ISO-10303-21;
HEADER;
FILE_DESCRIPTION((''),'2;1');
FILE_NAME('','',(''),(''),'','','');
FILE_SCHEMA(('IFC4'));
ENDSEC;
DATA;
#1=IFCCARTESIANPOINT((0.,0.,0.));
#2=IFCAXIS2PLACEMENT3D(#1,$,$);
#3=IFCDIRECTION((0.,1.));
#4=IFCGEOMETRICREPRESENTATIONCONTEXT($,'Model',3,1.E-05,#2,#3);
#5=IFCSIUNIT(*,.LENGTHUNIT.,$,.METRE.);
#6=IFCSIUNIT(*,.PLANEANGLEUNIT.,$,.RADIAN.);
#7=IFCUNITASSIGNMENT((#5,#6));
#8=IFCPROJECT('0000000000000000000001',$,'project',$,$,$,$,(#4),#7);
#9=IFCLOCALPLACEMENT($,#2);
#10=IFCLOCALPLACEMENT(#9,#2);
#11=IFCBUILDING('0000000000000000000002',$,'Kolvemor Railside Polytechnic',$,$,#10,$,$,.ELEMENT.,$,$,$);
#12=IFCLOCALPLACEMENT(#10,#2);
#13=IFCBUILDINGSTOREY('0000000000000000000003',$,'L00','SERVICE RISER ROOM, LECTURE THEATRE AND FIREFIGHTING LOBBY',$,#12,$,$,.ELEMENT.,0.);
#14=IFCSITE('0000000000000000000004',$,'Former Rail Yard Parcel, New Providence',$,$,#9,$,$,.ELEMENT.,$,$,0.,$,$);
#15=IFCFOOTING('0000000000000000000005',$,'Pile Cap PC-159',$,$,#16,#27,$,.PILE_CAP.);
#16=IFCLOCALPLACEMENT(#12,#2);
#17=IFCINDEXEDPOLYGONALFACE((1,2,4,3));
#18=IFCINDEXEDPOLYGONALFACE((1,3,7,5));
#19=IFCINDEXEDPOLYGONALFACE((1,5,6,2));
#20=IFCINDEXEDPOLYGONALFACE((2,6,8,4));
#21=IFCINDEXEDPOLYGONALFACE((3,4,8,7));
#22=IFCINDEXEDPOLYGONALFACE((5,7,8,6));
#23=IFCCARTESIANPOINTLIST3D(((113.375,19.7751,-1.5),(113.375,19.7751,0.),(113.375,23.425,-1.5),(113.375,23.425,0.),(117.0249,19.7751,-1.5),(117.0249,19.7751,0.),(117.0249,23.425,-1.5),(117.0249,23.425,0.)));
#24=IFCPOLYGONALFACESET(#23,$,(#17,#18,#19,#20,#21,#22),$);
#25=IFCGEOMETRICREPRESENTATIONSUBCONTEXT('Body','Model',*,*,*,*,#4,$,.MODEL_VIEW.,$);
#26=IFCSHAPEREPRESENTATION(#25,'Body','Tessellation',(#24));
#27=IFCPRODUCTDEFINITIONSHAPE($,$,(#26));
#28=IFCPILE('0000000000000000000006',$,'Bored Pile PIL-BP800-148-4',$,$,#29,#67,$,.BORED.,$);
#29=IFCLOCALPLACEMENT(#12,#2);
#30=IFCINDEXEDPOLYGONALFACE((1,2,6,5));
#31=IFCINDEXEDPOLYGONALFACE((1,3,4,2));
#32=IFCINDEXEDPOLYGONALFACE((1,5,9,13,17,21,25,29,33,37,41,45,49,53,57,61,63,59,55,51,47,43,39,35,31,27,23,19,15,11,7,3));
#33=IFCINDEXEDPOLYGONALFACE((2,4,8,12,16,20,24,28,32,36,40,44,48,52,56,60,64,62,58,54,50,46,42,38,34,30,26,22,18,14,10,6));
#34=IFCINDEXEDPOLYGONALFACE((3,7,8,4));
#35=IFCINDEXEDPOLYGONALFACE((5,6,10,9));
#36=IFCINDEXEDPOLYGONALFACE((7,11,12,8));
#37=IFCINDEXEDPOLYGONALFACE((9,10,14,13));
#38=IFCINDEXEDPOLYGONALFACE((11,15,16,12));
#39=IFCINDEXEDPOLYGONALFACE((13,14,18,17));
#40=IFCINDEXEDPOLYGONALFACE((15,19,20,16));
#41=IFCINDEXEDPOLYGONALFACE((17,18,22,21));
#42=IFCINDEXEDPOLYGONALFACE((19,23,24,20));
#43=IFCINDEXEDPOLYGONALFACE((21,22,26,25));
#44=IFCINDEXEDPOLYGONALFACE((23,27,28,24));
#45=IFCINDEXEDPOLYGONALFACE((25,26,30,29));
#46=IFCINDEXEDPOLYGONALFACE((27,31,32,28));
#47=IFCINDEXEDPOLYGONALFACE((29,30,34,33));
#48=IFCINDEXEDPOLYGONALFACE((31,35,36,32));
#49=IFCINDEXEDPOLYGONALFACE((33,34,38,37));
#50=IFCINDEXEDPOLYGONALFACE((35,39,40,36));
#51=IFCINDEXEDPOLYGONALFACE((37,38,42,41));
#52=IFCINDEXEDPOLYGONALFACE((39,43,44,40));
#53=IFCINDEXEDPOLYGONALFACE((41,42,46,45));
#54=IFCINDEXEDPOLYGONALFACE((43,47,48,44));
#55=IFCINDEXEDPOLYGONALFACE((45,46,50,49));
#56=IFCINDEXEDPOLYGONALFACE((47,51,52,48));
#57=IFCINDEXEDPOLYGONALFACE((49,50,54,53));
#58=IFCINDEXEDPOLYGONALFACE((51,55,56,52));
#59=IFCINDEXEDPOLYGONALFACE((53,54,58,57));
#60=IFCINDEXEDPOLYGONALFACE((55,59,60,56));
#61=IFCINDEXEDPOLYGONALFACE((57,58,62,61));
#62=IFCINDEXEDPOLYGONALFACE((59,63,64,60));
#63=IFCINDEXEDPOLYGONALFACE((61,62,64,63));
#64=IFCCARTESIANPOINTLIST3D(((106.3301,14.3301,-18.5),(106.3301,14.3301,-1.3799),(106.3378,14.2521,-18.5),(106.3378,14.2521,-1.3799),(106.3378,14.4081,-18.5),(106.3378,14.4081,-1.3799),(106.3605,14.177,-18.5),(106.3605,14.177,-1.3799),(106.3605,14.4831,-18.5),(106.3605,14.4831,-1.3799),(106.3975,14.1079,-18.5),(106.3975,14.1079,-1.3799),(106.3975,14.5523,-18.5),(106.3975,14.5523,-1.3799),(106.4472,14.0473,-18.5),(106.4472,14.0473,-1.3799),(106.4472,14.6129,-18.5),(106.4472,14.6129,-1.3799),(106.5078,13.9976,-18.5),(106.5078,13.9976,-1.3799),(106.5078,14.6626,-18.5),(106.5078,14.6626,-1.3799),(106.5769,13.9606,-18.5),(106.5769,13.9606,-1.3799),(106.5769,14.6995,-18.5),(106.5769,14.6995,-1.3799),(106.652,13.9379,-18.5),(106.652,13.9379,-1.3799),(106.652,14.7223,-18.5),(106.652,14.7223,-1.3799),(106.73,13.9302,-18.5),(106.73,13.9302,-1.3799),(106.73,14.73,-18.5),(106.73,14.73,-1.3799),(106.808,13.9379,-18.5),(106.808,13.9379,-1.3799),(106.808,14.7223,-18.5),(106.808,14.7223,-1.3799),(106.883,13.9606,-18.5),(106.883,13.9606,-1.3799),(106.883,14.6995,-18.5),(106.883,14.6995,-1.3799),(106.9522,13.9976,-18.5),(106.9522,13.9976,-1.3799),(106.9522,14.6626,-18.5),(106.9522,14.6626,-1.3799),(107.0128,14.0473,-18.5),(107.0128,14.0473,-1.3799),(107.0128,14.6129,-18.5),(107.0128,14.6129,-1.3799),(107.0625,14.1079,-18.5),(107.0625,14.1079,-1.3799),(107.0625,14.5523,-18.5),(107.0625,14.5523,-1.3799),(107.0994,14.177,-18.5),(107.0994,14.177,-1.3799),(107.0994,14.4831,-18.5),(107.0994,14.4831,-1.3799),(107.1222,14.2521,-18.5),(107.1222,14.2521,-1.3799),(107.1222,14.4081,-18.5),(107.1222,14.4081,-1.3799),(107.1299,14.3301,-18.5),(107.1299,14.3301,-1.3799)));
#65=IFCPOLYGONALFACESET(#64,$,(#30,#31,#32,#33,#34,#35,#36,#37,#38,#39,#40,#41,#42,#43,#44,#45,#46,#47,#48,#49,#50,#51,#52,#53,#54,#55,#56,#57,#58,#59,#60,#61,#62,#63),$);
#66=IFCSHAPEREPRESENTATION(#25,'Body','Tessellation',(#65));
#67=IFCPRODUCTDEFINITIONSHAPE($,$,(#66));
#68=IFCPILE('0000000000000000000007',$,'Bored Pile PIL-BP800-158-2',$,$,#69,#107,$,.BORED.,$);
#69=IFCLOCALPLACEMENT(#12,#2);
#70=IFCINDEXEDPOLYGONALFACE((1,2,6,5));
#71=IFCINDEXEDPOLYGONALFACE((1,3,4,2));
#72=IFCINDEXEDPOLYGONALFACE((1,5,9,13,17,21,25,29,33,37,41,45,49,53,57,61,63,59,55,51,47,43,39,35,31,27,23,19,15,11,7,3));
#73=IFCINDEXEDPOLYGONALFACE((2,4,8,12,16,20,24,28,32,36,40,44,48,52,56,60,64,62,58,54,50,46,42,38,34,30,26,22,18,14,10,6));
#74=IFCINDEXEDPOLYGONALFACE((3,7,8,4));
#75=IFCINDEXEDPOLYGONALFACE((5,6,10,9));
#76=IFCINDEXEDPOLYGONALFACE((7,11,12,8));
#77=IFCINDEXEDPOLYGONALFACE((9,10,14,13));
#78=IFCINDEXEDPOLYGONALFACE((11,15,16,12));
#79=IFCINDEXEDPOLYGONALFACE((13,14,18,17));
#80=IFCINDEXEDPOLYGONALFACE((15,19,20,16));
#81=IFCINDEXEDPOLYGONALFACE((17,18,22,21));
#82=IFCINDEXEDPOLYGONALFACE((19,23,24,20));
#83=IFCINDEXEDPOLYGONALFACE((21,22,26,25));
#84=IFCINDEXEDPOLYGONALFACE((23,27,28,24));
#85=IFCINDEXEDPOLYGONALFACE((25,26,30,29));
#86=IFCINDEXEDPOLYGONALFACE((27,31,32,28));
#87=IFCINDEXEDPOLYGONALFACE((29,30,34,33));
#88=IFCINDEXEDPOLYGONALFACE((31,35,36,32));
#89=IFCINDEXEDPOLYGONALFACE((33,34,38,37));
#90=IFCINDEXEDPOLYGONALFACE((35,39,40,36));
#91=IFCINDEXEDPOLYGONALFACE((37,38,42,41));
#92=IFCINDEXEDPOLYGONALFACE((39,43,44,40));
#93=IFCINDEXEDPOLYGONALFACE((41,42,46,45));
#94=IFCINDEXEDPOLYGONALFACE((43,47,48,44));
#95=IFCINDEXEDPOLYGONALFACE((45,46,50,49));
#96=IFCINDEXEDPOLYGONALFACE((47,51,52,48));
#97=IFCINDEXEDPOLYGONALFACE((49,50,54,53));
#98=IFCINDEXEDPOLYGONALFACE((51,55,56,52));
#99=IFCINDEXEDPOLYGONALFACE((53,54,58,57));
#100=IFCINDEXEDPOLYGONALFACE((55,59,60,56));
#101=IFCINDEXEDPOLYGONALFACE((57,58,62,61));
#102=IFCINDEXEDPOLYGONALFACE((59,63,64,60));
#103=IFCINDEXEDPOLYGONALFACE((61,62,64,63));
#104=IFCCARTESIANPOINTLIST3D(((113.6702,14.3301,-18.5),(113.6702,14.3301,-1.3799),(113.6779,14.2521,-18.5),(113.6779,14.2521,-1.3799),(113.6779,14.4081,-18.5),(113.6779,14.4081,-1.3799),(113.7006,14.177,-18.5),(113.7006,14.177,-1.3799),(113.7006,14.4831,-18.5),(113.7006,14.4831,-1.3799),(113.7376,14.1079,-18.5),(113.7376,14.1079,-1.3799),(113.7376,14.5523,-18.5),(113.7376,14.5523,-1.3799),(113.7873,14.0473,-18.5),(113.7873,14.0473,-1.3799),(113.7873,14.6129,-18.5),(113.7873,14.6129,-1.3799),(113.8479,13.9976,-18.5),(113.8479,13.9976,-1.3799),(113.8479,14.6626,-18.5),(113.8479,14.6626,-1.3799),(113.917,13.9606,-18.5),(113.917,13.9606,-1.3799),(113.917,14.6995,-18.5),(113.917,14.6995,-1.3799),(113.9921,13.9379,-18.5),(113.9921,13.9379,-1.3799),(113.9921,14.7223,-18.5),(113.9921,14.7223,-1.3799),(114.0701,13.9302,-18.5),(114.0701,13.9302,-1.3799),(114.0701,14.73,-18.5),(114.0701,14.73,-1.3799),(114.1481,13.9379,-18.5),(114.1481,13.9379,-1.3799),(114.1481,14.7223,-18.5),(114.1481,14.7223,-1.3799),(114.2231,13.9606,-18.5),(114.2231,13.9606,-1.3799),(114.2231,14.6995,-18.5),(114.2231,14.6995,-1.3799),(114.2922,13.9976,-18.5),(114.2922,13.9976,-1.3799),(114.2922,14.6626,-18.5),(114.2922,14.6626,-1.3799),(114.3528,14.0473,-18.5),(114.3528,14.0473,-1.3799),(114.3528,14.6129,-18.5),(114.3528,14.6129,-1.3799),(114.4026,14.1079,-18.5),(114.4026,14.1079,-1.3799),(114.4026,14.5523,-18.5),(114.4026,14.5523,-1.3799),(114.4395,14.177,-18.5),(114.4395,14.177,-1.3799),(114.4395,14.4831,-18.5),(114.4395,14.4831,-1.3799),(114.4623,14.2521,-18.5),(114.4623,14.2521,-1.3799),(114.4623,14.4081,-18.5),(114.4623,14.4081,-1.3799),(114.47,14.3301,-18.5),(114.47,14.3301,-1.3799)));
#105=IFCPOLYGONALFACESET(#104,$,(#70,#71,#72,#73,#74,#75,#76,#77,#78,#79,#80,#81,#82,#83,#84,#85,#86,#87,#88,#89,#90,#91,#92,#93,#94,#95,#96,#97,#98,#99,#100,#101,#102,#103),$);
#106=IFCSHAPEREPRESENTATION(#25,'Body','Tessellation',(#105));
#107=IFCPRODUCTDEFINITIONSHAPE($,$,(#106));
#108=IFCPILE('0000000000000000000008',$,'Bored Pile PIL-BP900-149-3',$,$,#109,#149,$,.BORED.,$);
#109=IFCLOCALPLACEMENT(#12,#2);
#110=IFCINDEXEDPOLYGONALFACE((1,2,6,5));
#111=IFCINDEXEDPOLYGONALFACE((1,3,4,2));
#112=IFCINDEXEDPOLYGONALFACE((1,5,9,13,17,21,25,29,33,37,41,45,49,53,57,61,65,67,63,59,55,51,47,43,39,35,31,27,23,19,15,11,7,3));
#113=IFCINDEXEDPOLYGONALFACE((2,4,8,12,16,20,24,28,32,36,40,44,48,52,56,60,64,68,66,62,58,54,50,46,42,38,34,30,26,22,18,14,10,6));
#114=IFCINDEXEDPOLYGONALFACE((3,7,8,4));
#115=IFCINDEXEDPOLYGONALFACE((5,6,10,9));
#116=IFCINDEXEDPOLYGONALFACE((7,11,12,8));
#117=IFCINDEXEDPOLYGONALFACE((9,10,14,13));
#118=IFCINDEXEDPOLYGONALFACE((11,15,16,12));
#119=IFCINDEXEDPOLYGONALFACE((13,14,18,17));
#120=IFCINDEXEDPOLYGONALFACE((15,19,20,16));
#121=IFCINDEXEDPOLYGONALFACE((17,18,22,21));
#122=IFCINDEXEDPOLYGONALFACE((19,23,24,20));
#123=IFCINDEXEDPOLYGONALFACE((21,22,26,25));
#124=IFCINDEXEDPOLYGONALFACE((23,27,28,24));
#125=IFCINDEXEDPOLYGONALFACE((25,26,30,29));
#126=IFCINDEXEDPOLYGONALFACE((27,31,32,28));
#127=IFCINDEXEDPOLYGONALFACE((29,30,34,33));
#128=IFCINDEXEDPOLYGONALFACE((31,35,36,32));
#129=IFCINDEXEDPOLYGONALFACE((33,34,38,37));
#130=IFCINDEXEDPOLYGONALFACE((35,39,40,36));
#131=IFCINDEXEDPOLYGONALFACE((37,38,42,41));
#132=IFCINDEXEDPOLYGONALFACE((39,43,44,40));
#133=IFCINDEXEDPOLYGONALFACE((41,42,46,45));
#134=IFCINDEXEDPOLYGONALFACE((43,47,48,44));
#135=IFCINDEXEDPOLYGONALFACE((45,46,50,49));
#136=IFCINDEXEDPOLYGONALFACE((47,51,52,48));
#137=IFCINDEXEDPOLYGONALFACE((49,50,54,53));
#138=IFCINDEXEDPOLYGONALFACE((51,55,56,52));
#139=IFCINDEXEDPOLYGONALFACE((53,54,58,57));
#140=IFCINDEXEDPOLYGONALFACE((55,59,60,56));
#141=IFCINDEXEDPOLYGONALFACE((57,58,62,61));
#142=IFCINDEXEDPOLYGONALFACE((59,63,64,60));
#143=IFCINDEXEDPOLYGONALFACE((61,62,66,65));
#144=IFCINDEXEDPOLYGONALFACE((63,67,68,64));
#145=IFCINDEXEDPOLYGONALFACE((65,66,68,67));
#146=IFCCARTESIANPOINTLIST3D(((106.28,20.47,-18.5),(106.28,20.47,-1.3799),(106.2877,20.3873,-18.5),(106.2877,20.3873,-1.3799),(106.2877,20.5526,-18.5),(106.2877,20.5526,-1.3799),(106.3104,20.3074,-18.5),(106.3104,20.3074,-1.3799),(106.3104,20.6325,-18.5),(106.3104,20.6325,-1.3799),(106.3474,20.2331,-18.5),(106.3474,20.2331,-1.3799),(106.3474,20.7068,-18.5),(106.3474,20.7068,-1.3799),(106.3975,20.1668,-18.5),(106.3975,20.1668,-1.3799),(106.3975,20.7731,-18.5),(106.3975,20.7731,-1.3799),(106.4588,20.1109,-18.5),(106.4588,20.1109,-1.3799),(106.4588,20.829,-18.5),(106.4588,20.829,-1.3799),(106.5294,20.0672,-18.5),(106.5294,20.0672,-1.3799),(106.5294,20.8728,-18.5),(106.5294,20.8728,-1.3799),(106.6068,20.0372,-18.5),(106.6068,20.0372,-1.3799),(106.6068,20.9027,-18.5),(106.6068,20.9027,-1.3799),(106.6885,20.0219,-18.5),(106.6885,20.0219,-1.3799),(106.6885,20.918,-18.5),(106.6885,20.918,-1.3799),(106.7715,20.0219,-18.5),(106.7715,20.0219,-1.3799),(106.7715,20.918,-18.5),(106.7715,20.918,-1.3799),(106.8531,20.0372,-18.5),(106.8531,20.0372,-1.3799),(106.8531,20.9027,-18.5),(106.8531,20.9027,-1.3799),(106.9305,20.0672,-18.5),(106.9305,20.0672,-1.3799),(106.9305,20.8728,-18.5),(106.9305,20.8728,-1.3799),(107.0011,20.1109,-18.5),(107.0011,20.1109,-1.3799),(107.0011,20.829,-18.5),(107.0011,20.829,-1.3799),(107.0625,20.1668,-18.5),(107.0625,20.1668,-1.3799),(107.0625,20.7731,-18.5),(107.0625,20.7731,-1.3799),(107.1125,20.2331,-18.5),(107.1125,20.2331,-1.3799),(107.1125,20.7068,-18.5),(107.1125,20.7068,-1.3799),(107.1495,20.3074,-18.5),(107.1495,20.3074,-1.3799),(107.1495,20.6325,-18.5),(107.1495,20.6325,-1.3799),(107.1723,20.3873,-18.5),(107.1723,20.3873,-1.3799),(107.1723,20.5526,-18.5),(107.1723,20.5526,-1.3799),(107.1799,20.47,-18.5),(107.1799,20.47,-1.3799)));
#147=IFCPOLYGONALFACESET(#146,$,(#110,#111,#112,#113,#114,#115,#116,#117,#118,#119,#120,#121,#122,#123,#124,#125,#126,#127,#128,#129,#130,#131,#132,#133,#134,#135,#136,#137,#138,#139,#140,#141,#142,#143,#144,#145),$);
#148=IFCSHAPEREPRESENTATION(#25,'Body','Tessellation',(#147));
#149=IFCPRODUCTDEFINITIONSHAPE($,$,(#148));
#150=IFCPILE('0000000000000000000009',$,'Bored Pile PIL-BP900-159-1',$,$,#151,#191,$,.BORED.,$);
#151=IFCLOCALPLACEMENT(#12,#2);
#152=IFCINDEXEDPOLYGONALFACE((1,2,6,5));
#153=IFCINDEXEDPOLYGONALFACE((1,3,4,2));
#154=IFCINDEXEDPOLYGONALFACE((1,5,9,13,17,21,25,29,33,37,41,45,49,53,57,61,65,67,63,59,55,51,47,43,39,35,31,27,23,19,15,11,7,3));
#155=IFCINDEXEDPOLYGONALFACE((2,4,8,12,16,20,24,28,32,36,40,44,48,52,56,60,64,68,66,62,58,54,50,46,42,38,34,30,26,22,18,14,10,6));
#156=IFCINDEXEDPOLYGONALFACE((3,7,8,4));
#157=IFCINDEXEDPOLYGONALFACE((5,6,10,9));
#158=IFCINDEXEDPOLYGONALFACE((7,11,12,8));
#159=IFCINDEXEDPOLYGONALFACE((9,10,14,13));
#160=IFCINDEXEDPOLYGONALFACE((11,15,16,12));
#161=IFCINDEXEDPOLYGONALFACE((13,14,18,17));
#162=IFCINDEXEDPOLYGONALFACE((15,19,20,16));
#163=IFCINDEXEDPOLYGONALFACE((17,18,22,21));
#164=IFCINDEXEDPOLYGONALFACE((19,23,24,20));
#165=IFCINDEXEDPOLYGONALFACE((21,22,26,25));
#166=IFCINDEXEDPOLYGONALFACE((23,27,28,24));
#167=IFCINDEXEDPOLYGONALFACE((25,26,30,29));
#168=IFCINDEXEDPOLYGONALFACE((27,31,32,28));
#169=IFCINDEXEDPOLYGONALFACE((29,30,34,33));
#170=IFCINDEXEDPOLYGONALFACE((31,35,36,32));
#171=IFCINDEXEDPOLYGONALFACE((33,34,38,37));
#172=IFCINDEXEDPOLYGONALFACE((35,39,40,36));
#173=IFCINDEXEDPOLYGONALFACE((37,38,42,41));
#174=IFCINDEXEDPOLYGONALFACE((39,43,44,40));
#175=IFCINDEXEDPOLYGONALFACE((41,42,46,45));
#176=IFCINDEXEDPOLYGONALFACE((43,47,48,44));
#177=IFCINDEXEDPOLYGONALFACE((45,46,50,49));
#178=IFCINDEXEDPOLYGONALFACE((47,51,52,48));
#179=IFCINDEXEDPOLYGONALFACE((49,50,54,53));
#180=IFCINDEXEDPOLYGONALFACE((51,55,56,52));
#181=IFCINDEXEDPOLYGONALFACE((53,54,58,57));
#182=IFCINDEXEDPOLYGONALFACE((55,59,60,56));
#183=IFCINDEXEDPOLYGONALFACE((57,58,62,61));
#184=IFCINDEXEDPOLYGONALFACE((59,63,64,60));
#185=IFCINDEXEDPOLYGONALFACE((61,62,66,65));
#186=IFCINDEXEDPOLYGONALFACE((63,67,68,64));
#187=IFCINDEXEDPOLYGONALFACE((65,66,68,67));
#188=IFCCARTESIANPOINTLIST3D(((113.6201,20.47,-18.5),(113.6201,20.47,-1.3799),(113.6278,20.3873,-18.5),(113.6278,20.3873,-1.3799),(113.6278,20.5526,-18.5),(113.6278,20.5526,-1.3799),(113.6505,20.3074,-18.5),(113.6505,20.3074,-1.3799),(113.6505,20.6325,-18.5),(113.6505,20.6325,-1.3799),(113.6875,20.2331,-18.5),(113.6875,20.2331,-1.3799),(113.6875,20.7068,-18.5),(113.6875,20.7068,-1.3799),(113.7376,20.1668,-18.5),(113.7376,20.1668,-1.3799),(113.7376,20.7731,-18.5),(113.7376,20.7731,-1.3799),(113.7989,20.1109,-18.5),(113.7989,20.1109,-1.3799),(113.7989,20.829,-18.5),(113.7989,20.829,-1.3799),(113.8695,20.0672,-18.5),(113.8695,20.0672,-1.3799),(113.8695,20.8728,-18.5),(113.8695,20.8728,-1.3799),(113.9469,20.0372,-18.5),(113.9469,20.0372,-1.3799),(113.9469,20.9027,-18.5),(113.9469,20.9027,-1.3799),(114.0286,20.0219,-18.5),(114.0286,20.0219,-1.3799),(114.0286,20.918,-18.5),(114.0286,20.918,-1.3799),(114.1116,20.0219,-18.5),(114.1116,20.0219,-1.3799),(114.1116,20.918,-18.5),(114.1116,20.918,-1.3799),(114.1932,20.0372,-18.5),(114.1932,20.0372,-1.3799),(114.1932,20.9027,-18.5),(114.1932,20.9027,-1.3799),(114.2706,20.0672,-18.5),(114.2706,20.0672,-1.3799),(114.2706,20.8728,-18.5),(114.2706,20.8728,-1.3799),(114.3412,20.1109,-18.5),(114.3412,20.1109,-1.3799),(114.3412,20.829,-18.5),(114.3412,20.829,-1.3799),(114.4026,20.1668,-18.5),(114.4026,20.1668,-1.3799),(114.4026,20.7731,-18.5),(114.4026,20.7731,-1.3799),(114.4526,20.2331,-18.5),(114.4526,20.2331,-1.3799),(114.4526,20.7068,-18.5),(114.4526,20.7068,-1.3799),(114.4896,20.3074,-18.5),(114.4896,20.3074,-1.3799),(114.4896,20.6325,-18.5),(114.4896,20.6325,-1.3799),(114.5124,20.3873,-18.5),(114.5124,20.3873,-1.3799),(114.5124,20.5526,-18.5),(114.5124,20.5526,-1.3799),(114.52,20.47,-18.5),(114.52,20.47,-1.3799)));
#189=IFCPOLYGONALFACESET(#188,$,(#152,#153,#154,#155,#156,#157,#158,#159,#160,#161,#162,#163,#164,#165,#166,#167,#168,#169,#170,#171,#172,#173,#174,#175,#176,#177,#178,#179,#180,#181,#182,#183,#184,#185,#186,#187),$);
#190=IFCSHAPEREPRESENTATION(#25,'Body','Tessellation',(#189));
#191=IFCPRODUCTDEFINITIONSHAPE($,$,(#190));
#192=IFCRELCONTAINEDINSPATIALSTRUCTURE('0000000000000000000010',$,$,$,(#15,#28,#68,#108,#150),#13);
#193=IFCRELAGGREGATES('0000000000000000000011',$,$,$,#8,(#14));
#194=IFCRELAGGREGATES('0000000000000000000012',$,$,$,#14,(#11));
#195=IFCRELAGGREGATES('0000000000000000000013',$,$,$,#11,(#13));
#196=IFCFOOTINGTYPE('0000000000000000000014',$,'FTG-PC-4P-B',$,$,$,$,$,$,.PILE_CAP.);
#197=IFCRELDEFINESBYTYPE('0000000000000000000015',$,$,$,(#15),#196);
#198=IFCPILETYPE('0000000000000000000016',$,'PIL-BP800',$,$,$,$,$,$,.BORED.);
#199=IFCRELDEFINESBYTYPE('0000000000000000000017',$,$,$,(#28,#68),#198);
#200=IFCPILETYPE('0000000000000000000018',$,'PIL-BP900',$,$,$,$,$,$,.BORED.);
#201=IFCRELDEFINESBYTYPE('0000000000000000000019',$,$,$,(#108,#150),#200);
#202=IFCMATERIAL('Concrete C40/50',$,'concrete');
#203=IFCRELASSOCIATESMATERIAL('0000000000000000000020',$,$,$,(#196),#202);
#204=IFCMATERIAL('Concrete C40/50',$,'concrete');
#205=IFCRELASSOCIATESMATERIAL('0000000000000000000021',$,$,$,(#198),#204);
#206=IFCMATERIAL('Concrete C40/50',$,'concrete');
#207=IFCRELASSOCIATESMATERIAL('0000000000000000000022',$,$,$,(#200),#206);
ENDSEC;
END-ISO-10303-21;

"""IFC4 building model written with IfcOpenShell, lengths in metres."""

from ifc_helpers import new_model, si_unit, direction, frame, origin, origin_2d, place, context, subcontext, project, spatial, rectangle, circle, extrude, material, material_profile, profile_set, type_object, element, save


model = new_model("IFC4")

# Units and contexts
model_context = context("Model", 3, precision=1e-05, world=origin(), true_north=direction((0.0, 1.0)))
body_context = subcontext(model_context, "Body", "Model", "MODEL_VIEW")
ifc_project = project(units=[si_unit("LENGTHUNIT", "METRE"), si_unit("PLANEANGLEUNIT", "RADIAN")], contexts=[model_context])

# Site, building, storey
site_placement = place(None, origin())
site = spatial("IfcSite", under=ifc_project, at=site_placement, Name="Former Rail Yard Parcel, New Providence", CompositionType="ELEMENT", RefElevation=0.0)
building_placement = place(site_placement, origin())
building = spatial("IfcBuilding", under=site, at=building_placement, Name="Kolvemor Railside Polytechnic", CompositionType="ELEMENT")
storey_placement = place(building_placement, origin())
storey = spatial("IfcBuildingStorey", under=building, at=storey_placement, Name="L00", Description="SERVICE RISER ROOM, LECTURE THEATRE AND FIREFIGHTING LOBBY", CompositionType="ELEMENT", Elevation=0.0)

# Footing
ifc_material_1 = material(Name="Concrete C40/50", Category="concrete")
footing_type = type_object("IfcFootingType", Name="FTG-PC-4P-B", PredefinedType="PILE_CAP", material=ifc_material_1)
footing_placement = place(storey_placement, frame((115.2, 21.6001, -1.5), z_axis=(0.0, 0.0, 1.0), x_axis=(1.0, 0.0, 0.0)))
element("IfcFooting", 1, at=footing_placement, inside=storey, type_object=footing_type, Name="Pile Cap PC-159", PredefinedType="PILE_CAP", context=body_context, shape_type="SweptSolid", body=[
    extrude(rectangle(XDim=3.6499, YDim=3.6499, at=origin_2d()), origin(), (0.0, 0.0, 1.0), 1.5),
])

# Piles
ifc_material_2 = material(Name="Concrete C40/50", Category="concrete")
ifc_material_profile_1 = material_profile(ifc_material_2, circle(Radius=0.3999, at=origin_2d()), Name="BP800")
ifc_profile_set_1 = profile_set([ifc_material_profile_1], Name="Concrete C40/50")
pile_type_1 = type_object("IfcPileType", Name="PIL-BP800", PredefinedType="BORED", material=ifc_profile_set_1)
for number, where, z_axis, x_axis, name in (
    (2, (106.73, 14.3301, -1.3799), (0.0, 0.0, -1.0), (1.0, 0.0, 0.0), "Bored Pile PIL-BP800-148-4"),
    (3, (114.0701, 14.3301, -1.3799), (0.0, 0.0, -1.0), (1.0, 0.0, 0.0), "Bored Pile PIL-BP800-158-2"),
):
    element("IfcPile", number, at=place(storey_placement, frame(where, z_axis=z_axis, x_axis=x_axis)), inside=storey, type_object=pile_type_1, Name=name, PredefinedType="BORED", context=body_context, shape_type="SweptSolid", body=[
        extrude(circle(Radius=0.3999, at=origin_2d()), origin(), (0.0, 0.0, 1.0), 17.1201),
    ])
ifc_material_3 = material(Name="Concrete C40/50", Category="concrete")
ifc_material_profile_2 = material_profile(ifc_material_3, circle(Radius=0.45, at=origin_2d()), Name="BP900")
ifc_profile_set_2 = profile_set([ifc_material_profile_2], Name="Concrete C40/50")
pile_type_2 = type_object("IfcPileType", Name="PIL-BP900", PredefinedType="BORED", material=ifc_profile_set_2)
for number, where, z_axis, x_axis, name in (
    (4, (106.73, 20.47, -1.3799), (0.0, 0.0, -1.0), (1.0, 0.0, 0.0), "Bored Pile PIL-BP900-149-3"),
    (5, (114.0701, 20.47, -1.3799), (0.0, 0.0, -1.0), (1.0, 0.0, 0.0), "Bored Pile PIL-BP900-159-1"),
):
    element("IfcPile", number, at=place(storey_placement, frame(where, z_axis=z_axis, x_axis=x_axis)), inside=storey, type_object=pile_type_2, Name=name, PredefinedType="BORED", context=body_context, shape_type="SweptSolid", body=[
        extrude(circle(Radius=0.45, at=origin_2d()), origin(), (0.0, 0.0, 1.0), 17.1201),
    ])

save(model, "model.ifc")
